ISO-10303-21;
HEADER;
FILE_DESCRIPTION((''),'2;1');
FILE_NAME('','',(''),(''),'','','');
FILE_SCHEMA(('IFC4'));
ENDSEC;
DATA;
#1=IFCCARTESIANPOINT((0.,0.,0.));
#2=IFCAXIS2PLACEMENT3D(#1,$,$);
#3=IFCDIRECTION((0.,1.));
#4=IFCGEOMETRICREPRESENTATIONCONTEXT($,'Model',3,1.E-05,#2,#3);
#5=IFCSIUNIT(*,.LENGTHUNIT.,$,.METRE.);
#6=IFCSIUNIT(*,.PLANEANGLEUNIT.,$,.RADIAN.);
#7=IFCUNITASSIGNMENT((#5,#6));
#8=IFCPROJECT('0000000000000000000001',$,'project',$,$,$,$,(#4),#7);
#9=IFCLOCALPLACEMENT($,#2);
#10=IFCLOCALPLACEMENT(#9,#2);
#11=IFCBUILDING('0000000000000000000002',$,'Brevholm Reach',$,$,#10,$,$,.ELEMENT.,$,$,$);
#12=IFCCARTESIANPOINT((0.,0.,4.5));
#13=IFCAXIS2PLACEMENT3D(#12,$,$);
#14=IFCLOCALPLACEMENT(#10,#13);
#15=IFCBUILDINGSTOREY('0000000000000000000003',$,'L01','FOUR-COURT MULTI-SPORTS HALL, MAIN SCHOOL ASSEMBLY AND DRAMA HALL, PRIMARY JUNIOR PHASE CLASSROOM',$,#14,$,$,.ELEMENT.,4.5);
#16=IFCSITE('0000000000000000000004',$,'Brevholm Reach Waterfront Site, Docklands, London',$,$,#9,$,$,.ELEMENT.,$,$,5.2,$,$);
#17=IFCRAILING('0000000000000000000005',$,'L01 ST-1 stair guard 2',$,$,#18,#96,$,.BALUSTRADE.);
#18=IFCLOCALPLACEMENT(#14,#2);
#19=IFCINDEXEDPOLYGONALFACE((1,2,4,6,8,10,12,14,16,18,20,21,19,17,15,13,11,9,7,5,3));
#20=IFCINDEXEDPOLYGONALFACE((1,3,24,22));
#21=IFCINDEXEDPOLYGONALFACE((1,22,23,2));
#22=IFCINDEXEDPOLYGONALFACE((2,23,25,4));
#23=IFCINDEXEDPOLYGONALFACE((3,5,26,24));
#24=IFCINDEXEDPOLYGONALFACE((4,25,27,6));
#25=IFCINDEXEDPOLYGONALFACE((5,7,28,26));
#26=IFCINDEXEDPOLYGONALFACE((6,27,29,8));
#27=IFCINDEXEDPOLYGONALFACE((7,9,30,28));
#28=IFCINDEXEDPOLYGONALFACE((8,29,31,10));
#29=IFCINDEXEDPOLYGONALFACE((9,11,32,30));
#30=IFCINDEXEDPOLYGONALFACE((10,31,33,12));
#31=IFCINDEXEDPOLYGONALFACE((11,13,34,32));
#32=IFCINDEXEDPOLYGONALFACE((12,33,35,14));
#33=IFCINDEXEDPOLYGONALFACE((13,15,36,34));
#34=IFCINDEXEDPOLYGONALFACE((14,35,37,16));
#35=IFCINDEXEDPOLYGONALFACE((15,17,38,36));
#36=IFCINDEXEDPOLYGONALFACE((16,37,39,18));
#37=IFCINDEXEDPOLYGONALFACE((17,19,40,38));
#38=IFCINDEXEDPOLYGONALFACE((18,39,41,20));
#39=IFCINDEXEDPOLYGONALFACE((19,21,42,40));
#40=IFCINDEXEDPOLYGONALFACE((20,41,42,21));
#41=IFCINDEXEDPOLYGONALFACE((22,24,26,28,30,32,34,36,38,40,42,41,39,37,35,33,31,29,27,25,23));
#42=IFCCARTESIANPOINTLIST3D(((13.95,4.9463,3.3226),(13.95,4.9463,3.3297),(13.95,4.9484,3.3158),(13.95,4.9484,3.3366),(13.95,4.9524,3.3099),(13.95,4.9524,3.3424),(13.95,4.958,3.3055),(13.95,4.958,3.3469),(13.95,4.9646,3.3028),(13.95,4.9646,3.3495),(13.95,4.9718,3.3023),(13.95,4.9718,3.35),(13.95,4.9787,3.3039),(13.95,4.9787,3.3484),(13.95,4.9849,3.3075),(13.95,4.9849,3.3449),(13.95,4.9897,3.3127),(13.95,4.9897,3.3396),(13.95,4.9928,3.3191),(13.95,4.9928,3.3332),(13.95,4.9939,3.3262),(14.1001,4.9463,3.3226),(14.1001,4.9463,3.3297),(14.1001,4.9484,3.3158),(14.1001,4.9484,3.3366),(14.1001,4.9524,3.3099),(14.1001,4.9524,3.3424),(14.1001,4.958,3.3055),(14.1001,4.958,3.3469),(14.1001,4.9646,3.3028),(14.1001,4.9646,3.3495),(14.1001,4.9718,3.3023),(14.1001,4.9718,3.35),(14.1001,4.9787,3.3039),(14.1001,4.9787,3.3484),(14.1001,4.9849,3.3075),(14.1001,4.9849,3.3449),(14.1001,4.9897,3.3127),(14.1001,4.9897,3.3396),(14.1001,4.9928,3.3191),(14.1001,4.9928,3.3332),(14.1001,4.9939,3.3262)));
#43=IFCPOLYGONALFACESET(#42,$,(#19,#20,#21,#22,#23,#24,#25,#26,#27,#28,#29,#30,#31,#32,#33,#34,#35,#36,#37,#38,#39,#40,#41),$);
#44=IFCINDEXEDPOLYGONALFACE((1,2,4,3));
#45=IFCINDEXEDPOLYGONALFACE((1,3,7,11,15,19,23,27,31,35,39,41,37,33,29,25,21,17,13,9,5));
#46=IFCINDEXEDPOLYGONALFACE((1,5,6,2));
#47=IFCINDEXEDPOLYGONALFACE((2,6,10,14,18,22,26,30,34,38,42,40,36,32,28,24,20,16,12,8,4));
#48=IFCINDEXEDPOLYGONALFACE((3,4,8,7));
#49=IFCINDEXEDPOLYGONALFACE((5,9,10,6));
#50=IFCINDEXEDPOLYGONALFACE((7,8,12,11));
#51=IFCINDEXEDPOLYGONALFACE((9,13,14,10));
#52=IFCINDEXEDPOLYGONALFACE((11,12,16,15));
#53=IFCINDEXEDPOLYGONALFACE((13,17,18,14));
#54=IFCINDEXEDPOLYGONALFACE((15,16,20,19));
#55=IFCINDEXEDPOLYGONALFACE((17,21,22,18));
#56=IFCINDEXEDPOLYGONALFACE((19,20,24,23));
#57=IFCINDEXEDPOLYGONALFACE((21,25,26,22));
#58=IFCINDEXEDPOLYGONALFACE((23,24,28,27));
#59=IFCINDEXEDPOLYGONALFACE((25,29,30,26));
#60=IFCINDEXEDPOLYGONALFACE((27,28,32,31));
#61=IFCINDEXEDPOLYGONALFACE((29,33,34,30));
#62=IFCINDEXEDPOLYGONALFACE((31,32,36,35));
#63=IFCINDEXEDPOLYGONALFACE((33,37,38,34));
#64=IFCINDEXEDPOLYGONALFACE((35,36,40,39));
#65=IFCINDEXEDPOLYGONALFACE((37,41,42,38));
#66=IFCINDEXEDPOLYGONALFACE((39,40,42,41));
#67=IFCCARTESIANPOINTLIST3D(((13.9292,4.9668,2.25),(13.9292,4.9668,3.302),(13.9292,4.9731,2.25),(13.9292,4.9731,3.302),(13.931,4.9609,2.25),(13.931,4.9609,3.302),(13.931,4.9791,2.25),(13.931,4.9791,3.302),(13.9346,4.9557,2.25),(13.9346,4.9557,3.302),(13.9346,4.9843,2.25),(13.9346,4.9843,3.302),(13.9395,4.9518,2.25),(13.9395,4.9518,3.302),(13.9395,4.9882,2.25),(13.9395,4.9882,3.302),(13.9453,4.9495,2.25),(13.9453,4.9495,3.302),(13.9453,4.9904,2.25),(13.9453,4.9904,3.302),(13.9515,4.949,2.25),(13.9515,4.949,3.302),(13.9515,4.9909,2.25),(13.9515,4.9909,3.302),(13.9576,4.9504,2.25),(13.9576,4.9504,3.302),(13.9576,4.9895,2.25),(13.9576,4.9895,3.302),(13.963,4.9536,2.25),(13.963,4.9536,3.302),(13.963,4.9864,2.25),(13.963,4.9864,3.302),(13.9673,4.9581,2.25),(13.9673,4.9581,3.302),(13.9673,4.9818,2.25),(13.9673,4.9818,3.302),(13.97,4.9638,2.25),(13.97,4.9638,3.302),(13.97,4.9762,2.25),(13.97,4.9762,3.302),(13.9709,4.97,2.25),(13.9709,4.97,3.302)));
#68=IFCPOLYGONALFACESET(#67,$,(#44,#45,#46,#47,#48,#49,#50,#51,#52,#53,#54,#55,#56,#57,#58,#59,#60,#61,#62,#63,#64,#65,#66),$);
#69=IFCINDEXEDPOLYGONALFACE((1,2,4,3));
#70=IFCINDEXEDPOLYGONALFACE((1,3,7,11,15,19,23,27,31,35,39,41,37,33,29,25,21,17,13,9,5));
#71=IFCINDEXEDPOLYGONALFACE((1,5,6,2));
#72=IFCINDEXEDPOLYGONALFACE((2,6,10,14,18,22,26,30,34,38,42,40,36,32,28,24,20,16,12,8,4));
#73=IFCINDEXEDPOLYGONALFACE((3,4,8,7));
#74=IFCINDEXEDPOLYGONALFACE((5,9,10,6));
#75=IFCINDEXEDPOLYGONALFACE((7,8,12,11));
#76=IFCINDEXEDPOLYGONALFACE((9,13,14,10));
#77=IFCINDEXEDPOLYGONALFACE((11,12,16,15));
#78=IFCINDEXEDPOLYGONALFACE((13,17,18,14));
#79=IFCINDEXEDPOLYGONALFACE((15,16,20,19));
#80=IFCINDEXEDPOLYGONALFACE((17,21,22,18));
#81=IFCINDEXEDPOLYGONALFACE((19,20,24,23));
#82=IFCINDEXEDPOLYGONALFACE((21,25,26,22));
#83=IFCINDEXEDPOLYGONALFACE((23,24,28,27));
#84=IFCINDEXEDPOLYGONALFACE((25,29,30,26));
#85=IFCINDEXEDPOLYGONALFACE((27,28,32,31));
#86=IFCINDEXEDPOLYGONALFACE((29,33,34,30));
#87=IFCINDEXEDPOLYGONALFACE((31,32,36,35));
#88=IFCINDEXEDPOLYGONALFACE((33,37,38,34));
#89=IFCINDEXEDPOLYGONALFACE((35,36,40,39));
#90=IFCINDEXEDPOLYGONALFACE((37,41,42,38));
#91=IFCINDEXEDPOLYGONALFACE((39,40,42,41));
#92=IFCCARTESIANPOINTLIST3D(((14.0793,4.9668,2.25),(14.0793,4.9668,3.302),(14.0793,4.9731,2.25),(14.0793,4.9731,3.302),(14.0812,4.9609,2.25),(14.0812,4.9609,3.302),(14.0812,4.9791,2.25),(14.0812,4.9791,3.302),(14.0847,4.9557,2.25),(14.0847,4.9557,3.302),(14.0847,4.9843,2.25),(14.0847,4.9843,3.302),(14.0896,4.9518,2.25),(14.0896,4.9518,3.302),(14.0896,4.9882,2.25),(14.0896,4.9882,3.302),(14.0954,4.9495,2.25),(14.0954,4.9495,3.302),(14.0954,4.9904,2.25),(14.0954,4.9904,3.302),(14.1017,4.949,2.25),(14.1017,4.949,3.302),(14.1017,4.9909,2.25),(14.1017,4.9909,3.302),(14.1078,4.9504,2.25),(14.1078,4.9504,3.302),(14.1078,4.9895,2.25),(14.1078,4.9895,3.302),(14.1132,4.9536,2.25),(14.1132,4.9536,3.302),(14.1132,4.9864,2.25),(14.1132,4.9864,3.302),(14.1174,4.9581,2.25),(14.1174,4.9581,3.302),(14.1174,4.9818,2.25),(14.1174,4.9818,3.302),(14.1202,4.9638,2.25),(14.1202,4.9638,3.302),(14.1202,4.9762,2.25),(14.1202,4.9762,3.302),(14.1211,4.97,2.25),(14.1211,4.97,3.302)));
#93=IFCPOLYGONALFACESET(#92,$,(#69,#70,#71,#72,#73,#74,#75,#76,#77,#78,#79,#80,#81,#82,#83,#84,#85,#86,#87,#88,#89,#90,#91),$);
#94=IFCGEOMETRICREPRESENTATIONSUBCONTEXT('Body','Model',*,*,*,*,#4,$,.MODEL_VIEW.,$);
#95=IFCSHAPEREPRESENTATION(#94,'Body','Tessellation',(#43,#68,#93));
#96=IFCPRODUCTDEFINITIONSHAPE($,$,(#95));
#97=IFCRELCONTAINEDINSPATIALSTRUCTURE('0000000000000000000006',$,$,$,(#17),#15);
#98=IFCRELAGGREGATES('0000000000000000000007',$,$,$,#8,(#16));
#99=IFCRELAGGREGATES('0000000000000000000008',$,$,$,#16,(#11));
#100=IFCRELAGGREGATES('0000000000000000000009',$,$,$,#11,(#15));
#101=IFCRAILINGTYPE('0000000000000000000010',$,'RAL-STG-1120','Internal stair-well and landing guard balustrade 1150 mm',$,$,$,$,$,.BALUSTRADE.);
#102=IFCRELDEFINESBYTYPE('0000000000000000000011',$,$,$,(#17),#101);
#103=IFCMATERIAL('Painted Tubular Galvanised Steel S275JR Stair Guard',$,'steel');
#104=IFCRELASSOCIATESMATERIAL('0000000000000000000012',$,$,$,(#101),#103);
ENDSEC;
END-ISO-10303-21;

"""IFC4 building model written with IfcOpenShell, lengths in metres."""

from ifc_helpers import new_model, si_unit, direction, frame, origin, origin_2d, place, context, subcontext, project, spatial, circle, extrude, material, type_object, element, save


model = new_model("IFC4")

# Units and contexts
model_context = context("Model", 3, precision=1e-05, world=origin(), true_north=direction((0.0, 1.0)))
body_context = subcontext(model_context, "Body", "Model", "MODEL_VIEW")
ifc_project = project(units=[si_unit("LENGTHUNIT", "METRE"), si_unit("PLANEANGLEUNIT", "RADIAN")], contexts=[model_context])

# Site, building, storey
site_placement = place(None, origin())
site = spatial("IfcSite", under=ifc_project, at=site_placement, Name="Brevholm Reach Waterfront Site, Docklands, London", CompositionType="ELEMENT", RefElevation=5.2)
building_placement = place(site_placement, origin())
building = spatial("IfcBuilding", under=site, at=building_placement, Name="Brevholm Reach", CompositionType="ELEMENT")
storey_placement = place(building_placement, frame((0.0, 0.0, 4.5)))
storey = spatial("IfcBuildingStorey", under=building, at=storey_placement, Name="L01", Description="FOUR-COURT MULTI-SPORTS HALL, MAIN SCHOOL ASSEMBLY AND DRAMA HALL, PRIMARY JUNIOR PHASE CLASSROOM", CompositionType="ELEMENT", Elevation=4.5)

# Railing
ifc_material_1 = material(Name="Painted Tubular Galvanised Steel S275JR Stair Guard", Category="steel")
railing_type_1 = type_object("IfcRailingType", Name="RAL-STG-1120", Description="Internal stair-well and landing guard balustrade 1150 mm", PredefinedType="BALUSTRADE", material=ifc_material_1)
railing_1_placement = place(storey_placement, frame((13.95, 4.97, 2.25)))
element("IfcRailing", 1, at=railing_1_placement, inside=storey, type_object=railing_type_1, Name="L01 ST-1 stair guard 2", PredefinedType="BALUSTRADE", context=body_context, shape_type="SweptSolid", body=[
    extrude(circle(Radius=0.0239, at=origin_2d()), frame((0.0, 0.0, 1.0762), z_axis=(1.0, 0.0, 0.0), x_axis=(0.0, 1.0, 0.0)), (0.0, 0.0, 1.0), 0.1501),
    extrude(circle(Radius=0.021, at=origin_2d()), origin(), (0.0, 0.0, 1.0), 1.052),
    extrude(circle(Radius=0.021, at=origin_2d()), frame((0.1501, 0.0, 0.0)), (0.0, 0.0, 1.0), 1.052),
])

save(model, "model.ifc")
